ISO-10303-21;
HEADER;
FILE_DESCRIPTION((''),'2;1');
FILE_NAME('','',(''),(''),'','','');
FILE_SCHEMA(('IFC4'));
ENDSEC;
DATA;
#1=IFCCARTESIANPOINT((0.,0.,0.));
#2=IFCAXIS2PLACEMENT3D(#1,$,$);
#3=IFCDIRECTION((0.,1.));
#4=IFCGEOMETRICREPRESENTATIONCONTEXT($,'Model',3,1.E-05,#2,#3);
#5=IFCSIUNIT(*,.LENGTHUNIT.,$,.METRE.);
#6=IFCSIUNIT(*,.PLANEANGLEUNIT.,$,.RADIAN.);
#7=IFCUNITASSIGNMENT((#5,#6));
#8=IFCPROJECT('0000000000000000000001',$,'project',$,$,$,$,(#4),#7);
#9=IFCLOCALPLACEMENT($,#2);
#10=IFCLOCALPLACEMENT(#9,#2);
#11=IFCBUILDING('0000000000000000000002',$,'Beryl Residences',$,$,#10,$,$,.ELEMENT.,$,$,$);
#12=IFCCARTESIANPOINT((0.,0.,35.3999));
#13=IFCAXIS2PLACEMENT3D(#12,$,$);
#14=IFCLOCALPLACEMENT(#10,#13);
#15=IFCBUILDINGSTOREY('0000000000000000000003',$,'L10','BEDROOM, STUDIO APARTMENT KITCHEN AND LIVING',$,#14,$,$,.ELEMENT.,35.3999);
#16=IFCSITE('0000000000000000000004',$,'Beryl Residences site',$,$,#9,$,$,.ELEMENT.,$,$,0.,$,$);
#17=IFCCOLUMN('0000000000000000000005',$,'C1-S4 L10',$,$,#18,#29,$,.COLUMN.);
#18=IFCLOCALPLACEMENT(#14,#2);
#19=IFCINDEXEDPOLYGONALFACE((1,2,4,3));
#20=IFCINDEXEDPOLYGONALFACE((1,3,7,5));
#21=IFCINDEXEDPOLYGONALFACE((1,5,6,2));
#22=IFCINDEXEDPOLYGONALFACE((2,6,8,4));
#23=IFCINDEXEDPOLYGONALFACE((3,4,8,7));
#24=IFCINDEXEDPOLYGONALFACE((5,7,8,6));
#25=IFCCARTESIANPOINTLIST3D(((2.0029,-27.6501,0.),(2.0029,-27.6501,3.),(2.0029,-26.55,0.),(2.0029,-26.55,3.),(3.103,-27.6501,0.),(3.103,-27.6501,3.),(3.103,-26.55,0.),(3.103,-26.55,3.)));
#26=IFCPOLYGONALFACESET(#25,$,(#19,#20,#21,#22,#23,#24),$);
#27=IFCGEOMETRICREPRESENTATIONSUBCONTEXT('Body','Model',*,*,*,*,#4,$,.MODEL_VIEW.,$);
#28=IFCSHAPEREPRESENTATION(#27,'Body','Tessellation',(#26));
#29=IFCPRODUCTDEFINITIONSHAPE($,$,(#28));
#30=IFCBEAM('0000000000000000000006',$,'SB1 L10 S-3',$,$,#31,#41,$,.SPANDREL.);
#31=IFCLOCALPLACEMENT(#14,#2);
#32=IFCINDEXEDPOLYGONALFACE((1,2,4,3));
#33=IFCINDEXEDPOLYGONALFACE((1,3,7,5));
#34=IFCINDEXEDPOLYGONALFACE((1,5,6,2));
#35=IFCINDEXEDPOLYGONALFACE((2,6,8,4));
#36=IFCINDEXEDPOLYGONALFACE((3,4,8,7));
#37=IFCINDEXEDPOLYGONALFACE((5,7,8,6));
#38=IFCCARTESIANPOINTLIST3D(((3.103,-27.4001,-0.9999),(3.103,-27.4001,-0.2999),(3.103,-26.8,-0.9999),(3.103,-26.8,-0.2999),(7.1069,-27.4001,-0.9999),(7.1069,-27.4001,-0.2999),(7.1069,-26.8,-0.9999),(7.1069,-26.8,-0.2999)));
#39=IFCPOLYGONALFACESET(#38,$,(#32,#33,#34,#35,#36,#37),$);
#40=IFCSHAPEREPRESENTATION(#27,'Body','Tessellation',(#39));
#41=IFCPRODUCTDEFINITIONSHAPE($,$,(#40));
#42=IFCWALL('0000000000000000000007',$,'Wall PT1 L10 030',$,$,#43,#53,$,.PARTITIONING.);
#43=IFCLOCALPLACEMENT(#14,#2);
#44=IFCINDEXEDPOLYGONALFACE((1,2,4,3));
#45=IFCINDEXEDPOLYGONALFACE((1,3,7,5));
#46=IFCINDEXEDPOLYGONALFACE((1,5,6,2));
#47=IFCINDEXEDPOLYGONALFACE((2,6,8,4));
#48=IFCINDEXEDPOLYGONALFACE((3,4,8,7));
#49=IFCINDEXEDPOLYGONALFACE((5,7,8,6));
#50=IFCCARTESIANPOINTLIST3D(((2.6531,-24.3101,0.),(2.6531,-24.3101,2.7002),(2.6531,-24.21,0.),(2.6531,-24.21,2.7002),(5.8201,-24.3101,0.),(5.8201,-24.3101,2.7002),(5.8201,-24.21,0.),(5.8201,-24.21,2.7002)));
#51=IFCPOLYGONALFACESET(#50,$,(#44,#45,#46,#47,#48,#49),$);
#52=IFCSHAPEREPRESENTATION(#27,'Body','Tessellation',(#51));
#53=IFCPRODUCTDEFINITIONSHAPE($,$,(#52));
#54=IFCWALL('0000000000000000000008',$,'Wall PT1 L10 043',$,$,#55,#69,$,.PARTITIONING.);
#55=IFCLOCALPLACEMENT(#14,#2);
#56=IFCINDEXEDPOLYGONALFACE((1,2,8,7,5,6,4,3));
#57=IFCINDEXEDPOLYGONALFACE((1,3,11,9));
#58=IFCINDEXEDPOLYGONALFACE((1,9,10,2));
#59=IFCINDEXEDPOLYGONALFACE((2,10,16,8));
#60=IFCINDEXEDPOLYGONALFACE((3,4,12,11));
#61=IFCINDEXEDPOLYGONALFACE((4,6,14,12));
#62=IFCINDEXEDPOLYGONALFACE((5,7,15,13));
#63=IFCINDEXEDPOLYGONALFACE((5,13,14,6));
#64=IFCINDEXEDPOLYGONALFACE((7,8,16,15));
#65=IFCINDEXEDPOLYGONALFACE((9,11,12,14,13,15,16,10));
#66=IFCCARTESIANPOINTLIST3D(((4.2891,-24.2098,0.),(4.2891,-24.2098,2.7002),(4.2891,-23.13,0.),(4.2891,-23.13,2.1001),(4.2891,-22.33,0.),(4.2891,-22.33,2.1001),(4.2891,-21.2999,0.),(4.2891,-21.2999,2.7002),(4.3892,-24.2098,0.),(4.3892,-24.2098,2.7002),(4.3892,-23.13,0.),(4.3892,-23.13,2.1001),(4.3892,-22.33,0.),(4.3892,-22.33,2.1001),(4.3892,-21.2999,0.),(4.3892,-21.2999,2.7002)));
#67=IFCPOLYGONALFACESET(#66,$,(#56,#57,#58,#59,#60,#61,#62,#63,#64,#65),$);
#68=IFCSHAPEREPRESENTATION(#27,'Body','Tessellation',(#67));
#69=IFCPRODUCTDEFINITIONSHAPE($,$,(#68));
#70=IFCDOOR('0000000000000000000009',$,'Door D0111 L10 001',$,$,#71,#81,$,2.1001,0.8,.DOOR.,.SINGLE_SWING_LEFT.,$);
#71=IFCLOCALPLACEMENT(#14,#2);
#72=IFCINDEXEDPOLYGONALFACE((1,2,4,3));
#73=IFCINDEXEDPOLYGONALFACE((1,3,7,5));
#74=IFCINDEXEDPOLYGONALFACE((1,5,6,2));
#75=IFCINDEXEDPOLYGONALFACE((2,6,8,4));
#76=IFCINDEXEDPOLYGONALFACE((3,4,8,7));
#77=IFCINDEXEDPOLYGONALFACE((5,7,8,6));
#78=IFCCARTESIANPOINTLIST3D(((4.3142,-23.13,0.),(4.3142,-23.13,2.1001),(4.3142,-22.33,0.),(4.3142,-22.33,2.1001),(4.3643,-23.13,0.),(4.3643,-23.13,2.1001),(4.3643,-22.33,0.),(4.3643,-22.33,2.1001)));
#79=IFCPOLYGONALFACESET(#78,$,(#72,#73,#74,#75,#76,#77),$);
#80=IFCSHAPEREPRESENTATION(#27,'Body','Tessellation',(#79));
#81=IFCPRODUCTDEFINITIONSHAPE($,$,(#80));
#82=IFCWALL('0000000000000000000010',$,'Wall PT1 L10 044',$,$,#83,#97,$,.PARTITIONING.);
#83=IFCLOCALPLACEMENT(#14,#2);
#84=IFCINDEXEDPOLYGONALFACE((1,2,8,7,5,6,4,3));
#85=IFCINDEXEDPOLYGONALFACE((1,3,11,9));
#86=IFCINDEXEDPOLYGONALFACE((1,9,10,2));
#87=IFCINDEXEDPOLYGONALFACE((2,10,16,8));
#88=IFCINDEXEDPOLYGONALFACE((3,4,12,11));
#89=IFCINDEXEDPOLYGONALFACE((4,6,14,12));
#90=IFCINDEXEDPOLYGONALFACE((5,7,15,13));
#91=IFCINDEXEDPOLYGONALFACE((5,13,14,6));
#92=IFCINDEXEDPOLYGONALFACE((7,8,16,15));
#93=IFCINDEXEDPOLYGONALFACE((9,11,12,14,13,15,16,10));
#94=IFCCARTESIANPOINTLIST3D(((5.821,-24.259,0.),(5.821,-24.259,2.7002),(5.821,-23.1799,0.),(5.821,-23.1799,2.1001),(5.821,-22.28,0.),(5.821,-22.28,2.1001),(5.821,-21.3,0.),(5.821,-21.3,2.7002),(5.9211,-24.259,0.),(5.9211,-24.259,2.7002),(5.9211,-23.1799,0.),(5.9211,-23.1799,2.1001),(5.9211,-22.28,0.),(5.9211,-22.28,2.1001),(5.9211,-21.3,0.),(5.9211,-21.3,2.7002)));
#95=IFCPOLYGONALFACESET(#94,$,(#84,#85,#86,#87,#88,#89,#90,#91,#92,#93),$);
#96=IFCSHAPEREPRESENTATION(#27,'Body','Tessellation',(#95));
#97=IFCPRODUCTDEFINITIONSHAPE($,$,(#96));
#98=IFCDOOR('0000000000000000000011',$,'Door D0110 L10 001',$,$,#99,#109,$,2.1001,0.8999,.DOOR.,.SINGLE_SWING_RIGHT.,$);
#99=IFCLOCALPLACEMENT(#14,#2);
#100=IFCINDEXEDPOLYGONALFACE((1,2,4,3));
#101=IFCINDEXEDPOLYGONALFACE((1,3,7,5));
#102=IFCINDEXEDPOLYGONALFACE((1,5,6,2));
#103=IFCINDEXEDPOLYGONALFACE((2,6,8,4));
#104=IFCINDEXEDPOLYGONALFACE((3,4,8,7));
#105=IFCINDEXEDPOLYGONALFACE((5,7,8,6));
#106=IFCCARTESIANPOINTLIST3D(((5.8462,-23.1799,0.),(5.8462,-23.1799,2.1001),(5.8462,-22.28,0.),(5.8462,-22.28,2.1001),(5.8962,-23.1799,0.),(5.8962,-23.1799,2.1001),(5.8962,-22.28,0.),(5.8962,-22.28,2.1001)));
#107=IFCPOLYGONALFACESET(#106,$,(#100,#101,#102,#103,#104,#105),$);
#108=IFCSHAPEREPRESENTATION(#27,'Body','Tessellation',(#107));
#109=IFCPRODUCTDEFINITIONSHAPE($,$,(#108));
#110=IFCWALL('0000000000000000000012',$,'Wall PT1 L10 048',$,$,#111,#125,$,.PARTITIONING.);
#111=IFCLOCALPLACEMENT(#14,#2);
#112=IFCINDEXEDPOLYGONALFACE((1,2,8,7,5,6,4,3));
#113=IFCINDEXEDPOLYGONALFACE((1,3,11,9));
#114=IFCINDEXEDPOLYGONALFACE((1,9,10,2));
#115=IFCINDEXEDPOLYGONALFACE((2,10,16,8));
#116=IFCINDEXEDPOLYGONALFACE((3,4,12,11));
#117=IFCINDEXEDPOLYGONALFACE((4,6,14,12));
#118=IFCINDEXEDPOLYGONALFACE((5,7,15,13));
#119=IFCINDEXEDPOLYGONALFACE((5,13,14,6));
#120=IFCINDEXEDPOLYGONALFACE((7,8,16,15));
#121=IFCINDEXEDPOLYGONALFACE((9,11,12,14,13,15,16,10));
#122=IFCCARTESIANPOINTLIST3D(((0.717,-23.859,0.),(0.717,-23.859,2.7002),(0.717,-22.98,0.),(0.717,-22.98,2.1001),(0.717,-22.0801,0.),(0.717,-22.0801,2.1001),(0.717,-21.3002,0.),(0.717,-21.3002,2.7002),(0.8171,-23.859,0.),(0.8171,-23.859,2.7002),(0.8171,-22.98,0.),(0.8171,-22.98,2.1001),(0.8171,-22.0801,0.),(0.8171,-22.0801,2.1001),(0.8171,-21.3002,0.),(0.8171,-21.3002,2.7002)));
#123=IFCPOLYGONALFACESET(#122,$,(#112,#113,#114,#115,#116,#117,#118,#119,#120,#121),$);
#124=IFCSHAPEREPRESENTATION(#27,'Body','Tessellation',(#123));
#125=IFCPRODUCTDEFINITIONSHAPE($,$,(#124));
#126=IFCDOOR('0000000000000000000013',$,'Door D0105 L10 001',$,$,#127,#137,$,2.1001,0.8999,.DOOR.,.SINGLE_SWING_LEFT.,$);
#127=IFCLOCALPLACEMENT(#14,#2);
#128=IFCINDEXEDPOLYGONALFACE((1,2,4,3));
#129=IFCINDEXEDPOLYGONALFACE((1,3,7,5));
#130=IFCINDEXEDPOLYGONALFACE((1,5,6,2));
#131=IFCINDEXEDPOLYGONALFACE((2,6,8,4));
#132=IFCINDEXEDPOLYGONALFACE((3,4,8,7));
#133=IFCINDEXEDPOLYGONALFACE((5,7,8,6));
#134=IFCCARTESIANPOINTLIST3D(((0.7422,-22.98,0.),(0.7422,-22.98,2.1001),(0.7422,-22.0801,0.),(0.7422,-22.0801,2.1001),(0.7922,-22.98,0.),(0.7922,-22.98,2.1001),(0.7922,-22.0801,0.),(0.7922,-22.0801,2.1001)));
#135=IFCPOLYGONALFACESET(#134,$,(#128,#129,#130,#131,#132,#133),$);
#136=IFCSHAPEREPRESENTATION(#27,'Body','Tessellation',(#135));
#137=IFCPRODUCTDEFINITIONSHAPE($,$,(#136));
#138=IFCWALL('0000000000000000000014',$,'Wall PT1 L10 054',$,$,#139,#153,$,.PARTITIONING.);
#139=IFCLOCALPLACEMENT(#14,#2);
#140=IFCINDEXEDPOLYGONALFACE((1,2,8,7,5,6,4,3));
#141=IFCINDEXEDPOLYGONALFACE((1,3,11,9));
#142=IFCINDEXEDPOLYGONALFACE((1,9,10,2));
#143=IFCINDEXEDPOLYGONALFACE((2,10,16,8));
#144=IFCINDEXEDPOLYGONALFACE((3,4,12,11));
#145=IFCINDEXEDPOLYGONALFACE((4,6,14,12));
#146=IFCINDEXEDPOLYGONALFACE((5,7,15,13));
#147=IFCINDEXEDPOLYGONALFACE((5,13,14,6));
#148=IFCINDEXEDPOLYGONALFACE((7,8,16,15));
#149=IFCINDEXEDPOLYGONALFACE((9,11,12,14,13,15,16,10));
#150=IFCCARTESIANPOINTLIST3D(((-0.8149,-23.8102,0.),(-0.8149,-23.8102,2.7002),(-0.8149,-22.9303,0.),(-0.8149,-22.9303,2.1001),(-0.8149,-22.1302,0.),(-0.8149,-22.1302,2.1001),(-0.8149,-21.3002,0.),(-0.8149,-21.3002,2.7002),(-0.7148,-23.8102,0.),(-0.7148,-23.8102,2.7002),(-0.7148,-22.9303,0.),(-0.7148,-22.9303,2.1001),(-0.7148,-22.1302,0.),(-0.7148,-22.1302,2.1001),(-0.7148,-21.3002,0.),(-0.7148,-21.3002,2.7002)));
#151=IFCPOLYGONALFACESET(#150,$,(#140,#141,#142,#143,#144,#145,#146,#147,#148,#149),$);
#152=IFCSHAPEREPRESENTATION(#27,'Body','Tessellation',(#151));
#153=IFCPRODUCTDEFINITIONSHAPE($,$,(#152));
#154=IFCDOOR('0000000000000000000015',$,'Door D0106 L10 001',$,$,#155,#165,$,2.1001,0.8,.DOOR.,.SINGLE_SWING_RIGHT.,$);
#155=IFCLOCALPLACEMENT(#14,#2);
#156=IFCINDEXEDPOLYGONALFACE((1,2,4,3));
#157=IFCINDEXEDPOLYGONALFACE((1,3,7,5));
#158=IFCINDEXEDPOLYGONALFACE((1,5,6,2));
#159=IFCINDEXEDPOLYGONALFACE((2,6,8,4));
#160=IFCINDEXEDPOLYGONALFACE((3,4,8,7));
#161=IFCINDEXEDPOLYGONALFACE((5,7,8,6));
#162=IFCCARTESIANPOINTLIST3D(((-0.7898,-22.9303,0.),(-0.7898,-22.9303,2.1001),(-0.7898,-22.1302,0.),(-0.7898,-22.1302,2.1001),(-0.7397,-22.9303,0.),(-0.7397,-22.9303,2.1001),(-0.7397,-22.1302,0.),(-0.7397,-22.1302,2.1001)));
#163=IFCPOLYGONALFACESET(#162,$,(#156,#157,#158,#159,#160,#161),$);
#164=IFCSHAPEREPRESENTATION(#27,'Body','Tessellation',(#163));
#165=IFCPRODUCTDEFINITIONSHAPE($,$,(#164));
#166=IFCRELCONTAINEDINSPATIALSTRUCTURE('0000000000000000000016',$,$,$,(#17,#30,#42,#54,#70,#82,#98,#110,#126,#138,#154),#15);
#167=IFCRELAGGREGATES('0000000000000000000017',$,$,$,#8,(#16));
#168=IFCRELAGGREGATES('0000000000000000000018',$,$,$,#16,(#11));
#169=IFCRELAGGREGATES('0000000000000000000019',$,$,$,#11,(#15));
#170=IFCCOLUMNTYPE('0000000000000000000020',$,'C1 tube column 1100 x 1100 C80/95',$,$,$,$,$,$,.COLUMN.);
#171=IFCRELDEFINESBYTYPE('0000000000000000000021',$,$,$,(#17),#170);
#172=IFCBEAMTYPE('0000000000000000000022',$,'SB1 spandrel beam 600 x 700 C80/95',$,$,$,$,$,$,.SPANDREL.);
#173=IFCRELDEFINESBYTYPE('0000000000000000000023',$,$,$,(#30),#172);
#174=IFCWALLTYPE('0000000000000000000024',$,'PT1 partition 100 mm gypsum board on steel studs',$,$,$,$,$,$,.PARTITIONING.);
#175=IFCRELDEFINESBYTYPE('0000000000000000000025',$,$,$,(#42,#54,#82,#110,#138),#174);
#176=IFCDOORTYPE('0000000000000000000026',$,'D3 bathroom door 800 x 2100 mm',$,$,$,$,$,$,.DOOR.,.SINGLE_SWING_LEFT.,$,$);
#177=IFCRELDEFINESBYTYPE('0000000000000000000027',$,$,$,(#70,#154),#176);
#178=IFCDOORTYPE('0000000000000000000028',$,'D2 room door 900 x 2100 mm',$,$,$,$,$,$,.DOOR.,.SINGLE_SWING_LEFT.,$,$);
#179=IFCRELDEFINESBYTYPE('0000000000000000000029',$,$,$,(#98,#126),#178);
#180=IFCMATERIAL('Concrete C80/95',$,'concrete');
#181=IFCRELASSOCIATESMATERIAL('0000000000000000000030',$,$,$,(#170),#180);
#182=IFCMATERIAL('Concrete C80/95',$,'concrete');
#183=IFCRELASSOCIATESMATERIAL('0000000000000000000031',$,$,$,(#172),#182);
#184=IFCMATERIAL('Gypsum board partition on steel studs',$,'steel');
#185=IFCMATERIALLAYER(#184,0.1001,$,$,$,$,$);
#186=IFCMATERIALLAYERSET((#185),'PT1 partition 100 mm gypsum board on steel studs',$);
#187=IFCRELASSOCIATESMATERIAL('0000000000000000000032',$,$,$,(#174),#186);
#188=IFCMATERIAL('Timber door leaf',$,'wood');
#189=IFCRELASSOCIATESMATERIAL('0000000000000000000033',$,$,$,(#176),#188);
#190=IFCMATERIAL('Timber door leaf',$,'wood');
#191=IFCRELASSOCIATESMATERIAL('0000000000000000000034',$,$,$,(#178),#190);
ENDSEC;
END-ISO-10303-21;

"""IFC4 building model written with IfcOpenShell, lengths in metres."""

from ifc_helpers import new_model, si_unit, direction, frame, frame_2d, origin, origin_2d, place, context, subcontext, project, spatial, rectangle, extrude, material, layer, layer_set, material_profile, profile_set, type_object, element, fill, save


model = new_model("IFC4")

# Units and contexts
model_context = context("Model", 3, precision=1e-05, world=origin(), true_north=direction((0.0, 1.0)))
body_context = subcontext(model_context, "Body", "Model", "MODEL_VIEW")
ifc_project = project(units=[si_unit("LENGTHUNIT", "METRE"), si_unit("PLANEANGLEUNIT", "RADIAN")], contexts=[model_context])

# Site, building, storey
site_placement = place(None, origin())
site = spatial("IfcSite", under=ifc_project, at=site_placement, Name="Beryl Residences site", CompositionType="ELEMENT", RefElevation=0.0)
building_placement = place(site_placement, origin())
building = spatial("IfcBuilding", under=site, at=building_placement, Name="Beryl Residences", CompositionType="ELEMENT")
storey_placement = place(building_placement, frame((0.0, 0.0, 35.3999)))
storey = spatial("IfcBuildingStorey", under=building, at=storey_placement, Name="L10", Description="BEDROOM, STUDIO APARTMENT KITCHEN AND LIVING", CompositionType="ELEMENT", Elevation=35.3999)

# Column
ifc_material_1 = material(Name="Concrete C80/95", Category="concrete")
ifc_material_profile_1 = material_profile(ifc_material_1, rectangle(XDim=1.1001, YDim=1.1001, at=origin_2d()))
ifc_profile_set_1 = profile_set([ifc_material_profile_1], Name="Concrete C80/95")
column_type = type_object("IfcColumnType", Name="C1 tube column 1100 x 1100 C80/95", PredefinedType="COLUMN", material=ifc_profile_set_1)
column_placement = place(storey_placement, frame((2.553, -27.1001, 0.0), z_axis=(0.0, 0.0, 1.0), x_axis=(1.0, 0.0, 0.0)))
element("IfcColumn", 1, at=column_placement, inside=storey, type_object=column_type, Name="C1-S4 L10", PredefinedType="COLUMN", context=body_context, shape_type="SweptSolid", body=[
    extrude(rectangle(XDim=1.1001, YDim=1.1001, at=origin_2d()), origin(), (0.0, 0.0, 1.0), 3.0),
])

# Beam
ifc_material_2 = material(Name="Concrete C80/95", Category="concrete")
ifc_material_profile_2 = material_profile(ifc_material_2, rectangle(XDim=0.6001, YDim=0.7, at=origin_2d()))
ifc_profile_set_2 = profile_set([ifc_material_profile_2], Name="Concrete C80/95")
beam_type = type_object("IfcBeamType", Name="SB1 spandrel beam 600 x 700 C80/95", PredefinedType="SPANDREL", material=ifc_profile_set_2)
beam_placement = place(storey_placement, frame((3.103, -27.1001, -0.6499), z_axis=(1.0, 0.0, 0.0), x_axis=(0.0, 1.0, 0.0)))
element("IfcBeam", 2, at=beam_placement, inside=storey, type_object=beam_type, Name="SB1 L10 S-3", PredefinedType="SPANDREL", context=body_context, shape_type="SweptSolid", body=[
    extrude(rectangle(XDim=0.6001, YDim=0.7, at=origin_2d()), origin(), (0.0, 0.0, 1.0), 4.0039),
])

# Wall
ifc_material_3 = material(Name="Gypsum board partition on steel studs", Category="steel")
ifc_layer_1 = layer(ifc_material_3, 0.1001)
ifc_layer_set_1 = layer_set([ifc_layer_1], Name="PT1 partition 100 mm gypsum board on steel studs")
wall_type_1 = type_object("IfcWallType", Name="PT1 partition 100 mm gypsum board on steel studs", PredefinedType="PARTITIONING", material=ifc_layer_set_1)
wall_1_placement = place(storey_placement, frame((2.6531, -24.26, 0.0), z_axis=(0.0, 0.0, 1.0), x_axis=(1.0, 0.0, 0.0)))
element("IfcWall", 3, at=wall_1_placement, inside=storey, type_object=wall_type_1, Name="Wall PT1 L10 030", PredefinedType="PARTITIONING", context=body_context, shape_type="SweptSolid", body=[
    extrude(rectangle(XDim=3.167, YDim=0.1001, at=frame_2d((1.5835, 0.0))), origin(), (0.0, 0.0, 1.0), 2.7002),
])

# Walls, openings, doors
wall_2_placement = place(storey_placement, frame((4.3391, -24.21, 0.0), z_axis=(0.0, 0.0, 1.0), x_axis=(0.0, 1.0, 0.0)))
wall_2 = element("IfcWall", 4, at=wall_2_placement, inside=storey, type_object=wall_type_1, Name="Wall PT1 L10 043", PredefinedType="PARTITIONING", context=body_context, shape_type="SweptSolid", body=[
    extrude(rectangle(XDim=2.9099, YDim=0.1001, at=frame_2d((1.4551, 0.0))), origin(), (0.0, 0.0, 1.0), 2.7002),
])
opening_1_placement = place(wall_2_placement, frame((1.0801, 0.0, 0.0)))
opening_1 = element("IfcOpeningElement", 5, at=opening_1_placement, cuts=wall_2, PredefinedType="OPENING", context=body_context, shape_type="SweptSolid", body=[
    extrude(rectangle(XDim=0.8, YDim=2.1001, at=frame_2d((0.3999, 1.05))), frame((0.0, 0.0601, 0.0), z_axis=(0.0, -1.0, 0.0), x_axis=(1.0, 0.0, 0.0)), (0.0, 0.0, 1.0), 0.1201),
])
ifc_material_4 = material(Name="Timber door leaf", Category="wood")
door_type_1 = type_object("IfcDoorType", Name="D3 bathroom door 800 x 2100 mm", OperationType="SINGLE_SWING_LEFT", PredefinedType="DOOR", material=ifc_material_4)
door_1_placement = place(opening_1_placement, origin())
door_1 = element("IfcDoor", 6, at=door_1_placement, inside=storey, type_object=door_type_1, Name="Door D0111 L10 001", OperationType="SINGLE_SWING_LEFT", OverallHeight=2.1001, OverallWidth=0.8, PredefinedType="DOOR", context=body_context, shape_type="SweptSolid", body=[
    extrude(rectangle(XDim=0.8, YDim=2.1001, at=frame_2d((0.3999, 1.05))), frame((0.0, 0.0249, 0.0), z_axis=(0.0, -1.0, 0.0), x_axis=(1.0, 0.0, 0.0)), (0.0, 0.0, 1.0), 0.05),
])
fill(opening_1, door_1)
wall_3_placement = place(storey_placement, frame((5.8711, -24.259, 0.0), z_axis=(0.0, 0.0, 1.0), x_axis=(0.0, 1.0, 0.0)))
wall_3 = element("IfcWall", 7, at=wall_3_placement, inside=storey, type_object=wall_type_1, Name="Wall PT1 L10 044", PredefinedType="PARTITIONING", context=body_context, shape_type="SweptSolid", body=[
    extrude(rectangle(XDim=2.959, YDim=0.1001, at=frame_2d((1.4795, 0.0))), origin(), (0.0, 0.0, 1.0), 2.7002),
])
opening_2_placement = place(wall_3_placement, frame((1.0791, 0.0, 0.0)))
opening_2 = element("IfcOpeningElement", 8, at=opening_2_placement, cuts=wall_3, PredefinedType="OPENING", context=body_context, shape_type="SweptSolid", body=[
    extrude(rectangle(XDim=0.8999, YDim=2.1001, at=frame_2d((0.45, 1.05))), frame((0.0, 0.0601, 0.0), z_axis=(0.0, -1.0, 0.0), x_axis=(1.0, 0.0, 0.0)), (0.0, 0.0, 1.0), 0.1201),
])
ifc_material_5 = material(Name="Timber door leaf", Category="wood")
door_type_2 = type_object("IfcDoorType", Name="D2 room door 900 x 2100 mm", OperationType="SINGLE_SWING_LEFT", PredefinedType="DOOR", material=ifc_material_5)
door_2_placement = place(opening_2_placement, origin())
door_2 = element("IfcDoor", 9, at=door_2_placement, inside=storey, type_object=door_type_2, Name="Door D0110 L10 001", OperationType="SINGLE_SWING_RIGHT", OverallHeight=2.1001, OverallWidth=0.8999, PredefinedType="DOOR", context=body_context, shape_type="SweptSolid", body=[
    extrude(rectangle(XDim=0.8999, YDim=2.1001, at=frame_2d((0.45, 1.05))), frame((0.0, 0.0249, 0.0), z_axis=(0.0, -1.0, 0.0), x_axis=(1.0, 0.0, 0.0)), (0.0, 0.0, 1.0), 0.05),
])
fill(opening_2, door_2)
wall_4_placement = place(storey_placement, frame((0.7671, -23.8589, 0.0), z_axis=(0.0, 0.0, 1.0), x_axis=(0.0, 1.0, 0.0)))
wall_4 = element("IfcWall", 10, at=wall_4_placement, inside=storey, type_object=wall_type_1, Name="Wall PT1 L10 048", PredefinedType="PARTITIONING", context=body_context, shape_type="SweptSolid", body=[
    extrude(rectangle(XDim=2.5588, YDim=0.1001, at=frame_2d((1.2793, 0.0))), origin(), (0.0, 0.0, 1.0), 2.7002),
])
opening_3_placement = place(wall_4_placement, frame((0.8789, 0.0, 0.0)))
opening_3 = element("IfcOpeningElement", 11, at=opening_3_placement, cuts=wall_4, PredefinedType="OPENING", context=body_context, shape_type="SweptSolid", body=[
    extrude(rectangle(XDim=0.8999, YDim=2.1001, at=frame_2d((0.45, 1.05))), frame((0.0, 0.0601, 0.0), z_axis=(0.0, -1.0, 0.0), x_axis=(1.0, 0.0, 0.0)), (0.0, 0.0, 1.0), 0.1201),
])
door_3_placement = place(opening_3_placement, origin())
door_3 = element("IfcDoor", 12, at=door_3_placement, inside=storey, type_object=door_type_2, Name="Door D0105 L10 001", OperationType="SINGLE_SWING_LEFT", OverallHeight=2.1001, OverallWidth=0.8999, PredefinedType="DOOR", context=body_context, shape_type="SweptSolid", body=[
    extrude(rectangle(XDim=0.8999, YDim=2.1001, at=frame_2d((0.45, 1.05))), frame((0.0, 0.0249, 0.0), z_axis=(0.0, -1.0, 0.0), x_axis=(1.0, 0.0, 0.0)), (0.0, 0.0, 1.0), 0.05),
])
fill(opening_3, door_3)
wall_5_placement = place(storey_placement, frame((-0.7649, -23.8101, 0.0), z_axis=(0.0, 0.0, 1.0), x_axis=(0.0, 1.0, 0.0)))
wall_5 = element("IfcWall", 13, at=wall_5_placement, inside=storey, type_object=wall_type_1, Name="Wall PT1 L10 054", PredefinedType="PARTITIONING", context=body_context, shape_type="SweptSolid", body=[
    extrude(rectangle(XDim=2.51, YDim=0.1001, at=frame_2d((1.2549, 0.0))), origin(), (0.0, 0.0, 1.0), 2.7002),
])
opening_4_placement = place(wall_5_placement, frame((0.8799, 0.0, 0.0)))
opening_4 = element("IfcOpeningElement", 14, at=opening_4_placement, cuts=wall_5, PredefinedType="OPENING", context=body_context, shape_type="SweptSolid", body=[
    extrude(rectangle(XDim=0.8, YDim=2.1001, at=frame_2d((0.3999, 1.05))), frame((0.0, 0.0601, 0.0), z_axis=(0.0, -1.0, 0.0), x_axis=(1.0, 0.0, 0.0)), (0.0, 0.0, 1.0), 0.1201),
])
door_4_placement = place(opening_4_placement, origin())
door_4 = element("IfcDoor", 15, at=door_4_placement, inside=storey, type_object=door_type_1, Name="Door D0106 L10 001", OperationType="SINGLE_SWING_RIGHT", OverallHeight=2.1001, OverallWidth=0.8, PredefinedType="DOOR", context=body_context, shape_type="SweptSolid", body=[
    extrude(rectangle(XDim=0.8, YDim=2.1001, at=frame_2d((0.3999, 1.05))), frame((0.0, 0.0249, 0.0), z_axis=(0.0, -1.0, 0.0), x_axis=(1.0, 0.0, 0.0)), (0.0, 0.0, 1.0), 0.05),
])
fill(opening_4, door_4)

save(model, "model.ifc")
